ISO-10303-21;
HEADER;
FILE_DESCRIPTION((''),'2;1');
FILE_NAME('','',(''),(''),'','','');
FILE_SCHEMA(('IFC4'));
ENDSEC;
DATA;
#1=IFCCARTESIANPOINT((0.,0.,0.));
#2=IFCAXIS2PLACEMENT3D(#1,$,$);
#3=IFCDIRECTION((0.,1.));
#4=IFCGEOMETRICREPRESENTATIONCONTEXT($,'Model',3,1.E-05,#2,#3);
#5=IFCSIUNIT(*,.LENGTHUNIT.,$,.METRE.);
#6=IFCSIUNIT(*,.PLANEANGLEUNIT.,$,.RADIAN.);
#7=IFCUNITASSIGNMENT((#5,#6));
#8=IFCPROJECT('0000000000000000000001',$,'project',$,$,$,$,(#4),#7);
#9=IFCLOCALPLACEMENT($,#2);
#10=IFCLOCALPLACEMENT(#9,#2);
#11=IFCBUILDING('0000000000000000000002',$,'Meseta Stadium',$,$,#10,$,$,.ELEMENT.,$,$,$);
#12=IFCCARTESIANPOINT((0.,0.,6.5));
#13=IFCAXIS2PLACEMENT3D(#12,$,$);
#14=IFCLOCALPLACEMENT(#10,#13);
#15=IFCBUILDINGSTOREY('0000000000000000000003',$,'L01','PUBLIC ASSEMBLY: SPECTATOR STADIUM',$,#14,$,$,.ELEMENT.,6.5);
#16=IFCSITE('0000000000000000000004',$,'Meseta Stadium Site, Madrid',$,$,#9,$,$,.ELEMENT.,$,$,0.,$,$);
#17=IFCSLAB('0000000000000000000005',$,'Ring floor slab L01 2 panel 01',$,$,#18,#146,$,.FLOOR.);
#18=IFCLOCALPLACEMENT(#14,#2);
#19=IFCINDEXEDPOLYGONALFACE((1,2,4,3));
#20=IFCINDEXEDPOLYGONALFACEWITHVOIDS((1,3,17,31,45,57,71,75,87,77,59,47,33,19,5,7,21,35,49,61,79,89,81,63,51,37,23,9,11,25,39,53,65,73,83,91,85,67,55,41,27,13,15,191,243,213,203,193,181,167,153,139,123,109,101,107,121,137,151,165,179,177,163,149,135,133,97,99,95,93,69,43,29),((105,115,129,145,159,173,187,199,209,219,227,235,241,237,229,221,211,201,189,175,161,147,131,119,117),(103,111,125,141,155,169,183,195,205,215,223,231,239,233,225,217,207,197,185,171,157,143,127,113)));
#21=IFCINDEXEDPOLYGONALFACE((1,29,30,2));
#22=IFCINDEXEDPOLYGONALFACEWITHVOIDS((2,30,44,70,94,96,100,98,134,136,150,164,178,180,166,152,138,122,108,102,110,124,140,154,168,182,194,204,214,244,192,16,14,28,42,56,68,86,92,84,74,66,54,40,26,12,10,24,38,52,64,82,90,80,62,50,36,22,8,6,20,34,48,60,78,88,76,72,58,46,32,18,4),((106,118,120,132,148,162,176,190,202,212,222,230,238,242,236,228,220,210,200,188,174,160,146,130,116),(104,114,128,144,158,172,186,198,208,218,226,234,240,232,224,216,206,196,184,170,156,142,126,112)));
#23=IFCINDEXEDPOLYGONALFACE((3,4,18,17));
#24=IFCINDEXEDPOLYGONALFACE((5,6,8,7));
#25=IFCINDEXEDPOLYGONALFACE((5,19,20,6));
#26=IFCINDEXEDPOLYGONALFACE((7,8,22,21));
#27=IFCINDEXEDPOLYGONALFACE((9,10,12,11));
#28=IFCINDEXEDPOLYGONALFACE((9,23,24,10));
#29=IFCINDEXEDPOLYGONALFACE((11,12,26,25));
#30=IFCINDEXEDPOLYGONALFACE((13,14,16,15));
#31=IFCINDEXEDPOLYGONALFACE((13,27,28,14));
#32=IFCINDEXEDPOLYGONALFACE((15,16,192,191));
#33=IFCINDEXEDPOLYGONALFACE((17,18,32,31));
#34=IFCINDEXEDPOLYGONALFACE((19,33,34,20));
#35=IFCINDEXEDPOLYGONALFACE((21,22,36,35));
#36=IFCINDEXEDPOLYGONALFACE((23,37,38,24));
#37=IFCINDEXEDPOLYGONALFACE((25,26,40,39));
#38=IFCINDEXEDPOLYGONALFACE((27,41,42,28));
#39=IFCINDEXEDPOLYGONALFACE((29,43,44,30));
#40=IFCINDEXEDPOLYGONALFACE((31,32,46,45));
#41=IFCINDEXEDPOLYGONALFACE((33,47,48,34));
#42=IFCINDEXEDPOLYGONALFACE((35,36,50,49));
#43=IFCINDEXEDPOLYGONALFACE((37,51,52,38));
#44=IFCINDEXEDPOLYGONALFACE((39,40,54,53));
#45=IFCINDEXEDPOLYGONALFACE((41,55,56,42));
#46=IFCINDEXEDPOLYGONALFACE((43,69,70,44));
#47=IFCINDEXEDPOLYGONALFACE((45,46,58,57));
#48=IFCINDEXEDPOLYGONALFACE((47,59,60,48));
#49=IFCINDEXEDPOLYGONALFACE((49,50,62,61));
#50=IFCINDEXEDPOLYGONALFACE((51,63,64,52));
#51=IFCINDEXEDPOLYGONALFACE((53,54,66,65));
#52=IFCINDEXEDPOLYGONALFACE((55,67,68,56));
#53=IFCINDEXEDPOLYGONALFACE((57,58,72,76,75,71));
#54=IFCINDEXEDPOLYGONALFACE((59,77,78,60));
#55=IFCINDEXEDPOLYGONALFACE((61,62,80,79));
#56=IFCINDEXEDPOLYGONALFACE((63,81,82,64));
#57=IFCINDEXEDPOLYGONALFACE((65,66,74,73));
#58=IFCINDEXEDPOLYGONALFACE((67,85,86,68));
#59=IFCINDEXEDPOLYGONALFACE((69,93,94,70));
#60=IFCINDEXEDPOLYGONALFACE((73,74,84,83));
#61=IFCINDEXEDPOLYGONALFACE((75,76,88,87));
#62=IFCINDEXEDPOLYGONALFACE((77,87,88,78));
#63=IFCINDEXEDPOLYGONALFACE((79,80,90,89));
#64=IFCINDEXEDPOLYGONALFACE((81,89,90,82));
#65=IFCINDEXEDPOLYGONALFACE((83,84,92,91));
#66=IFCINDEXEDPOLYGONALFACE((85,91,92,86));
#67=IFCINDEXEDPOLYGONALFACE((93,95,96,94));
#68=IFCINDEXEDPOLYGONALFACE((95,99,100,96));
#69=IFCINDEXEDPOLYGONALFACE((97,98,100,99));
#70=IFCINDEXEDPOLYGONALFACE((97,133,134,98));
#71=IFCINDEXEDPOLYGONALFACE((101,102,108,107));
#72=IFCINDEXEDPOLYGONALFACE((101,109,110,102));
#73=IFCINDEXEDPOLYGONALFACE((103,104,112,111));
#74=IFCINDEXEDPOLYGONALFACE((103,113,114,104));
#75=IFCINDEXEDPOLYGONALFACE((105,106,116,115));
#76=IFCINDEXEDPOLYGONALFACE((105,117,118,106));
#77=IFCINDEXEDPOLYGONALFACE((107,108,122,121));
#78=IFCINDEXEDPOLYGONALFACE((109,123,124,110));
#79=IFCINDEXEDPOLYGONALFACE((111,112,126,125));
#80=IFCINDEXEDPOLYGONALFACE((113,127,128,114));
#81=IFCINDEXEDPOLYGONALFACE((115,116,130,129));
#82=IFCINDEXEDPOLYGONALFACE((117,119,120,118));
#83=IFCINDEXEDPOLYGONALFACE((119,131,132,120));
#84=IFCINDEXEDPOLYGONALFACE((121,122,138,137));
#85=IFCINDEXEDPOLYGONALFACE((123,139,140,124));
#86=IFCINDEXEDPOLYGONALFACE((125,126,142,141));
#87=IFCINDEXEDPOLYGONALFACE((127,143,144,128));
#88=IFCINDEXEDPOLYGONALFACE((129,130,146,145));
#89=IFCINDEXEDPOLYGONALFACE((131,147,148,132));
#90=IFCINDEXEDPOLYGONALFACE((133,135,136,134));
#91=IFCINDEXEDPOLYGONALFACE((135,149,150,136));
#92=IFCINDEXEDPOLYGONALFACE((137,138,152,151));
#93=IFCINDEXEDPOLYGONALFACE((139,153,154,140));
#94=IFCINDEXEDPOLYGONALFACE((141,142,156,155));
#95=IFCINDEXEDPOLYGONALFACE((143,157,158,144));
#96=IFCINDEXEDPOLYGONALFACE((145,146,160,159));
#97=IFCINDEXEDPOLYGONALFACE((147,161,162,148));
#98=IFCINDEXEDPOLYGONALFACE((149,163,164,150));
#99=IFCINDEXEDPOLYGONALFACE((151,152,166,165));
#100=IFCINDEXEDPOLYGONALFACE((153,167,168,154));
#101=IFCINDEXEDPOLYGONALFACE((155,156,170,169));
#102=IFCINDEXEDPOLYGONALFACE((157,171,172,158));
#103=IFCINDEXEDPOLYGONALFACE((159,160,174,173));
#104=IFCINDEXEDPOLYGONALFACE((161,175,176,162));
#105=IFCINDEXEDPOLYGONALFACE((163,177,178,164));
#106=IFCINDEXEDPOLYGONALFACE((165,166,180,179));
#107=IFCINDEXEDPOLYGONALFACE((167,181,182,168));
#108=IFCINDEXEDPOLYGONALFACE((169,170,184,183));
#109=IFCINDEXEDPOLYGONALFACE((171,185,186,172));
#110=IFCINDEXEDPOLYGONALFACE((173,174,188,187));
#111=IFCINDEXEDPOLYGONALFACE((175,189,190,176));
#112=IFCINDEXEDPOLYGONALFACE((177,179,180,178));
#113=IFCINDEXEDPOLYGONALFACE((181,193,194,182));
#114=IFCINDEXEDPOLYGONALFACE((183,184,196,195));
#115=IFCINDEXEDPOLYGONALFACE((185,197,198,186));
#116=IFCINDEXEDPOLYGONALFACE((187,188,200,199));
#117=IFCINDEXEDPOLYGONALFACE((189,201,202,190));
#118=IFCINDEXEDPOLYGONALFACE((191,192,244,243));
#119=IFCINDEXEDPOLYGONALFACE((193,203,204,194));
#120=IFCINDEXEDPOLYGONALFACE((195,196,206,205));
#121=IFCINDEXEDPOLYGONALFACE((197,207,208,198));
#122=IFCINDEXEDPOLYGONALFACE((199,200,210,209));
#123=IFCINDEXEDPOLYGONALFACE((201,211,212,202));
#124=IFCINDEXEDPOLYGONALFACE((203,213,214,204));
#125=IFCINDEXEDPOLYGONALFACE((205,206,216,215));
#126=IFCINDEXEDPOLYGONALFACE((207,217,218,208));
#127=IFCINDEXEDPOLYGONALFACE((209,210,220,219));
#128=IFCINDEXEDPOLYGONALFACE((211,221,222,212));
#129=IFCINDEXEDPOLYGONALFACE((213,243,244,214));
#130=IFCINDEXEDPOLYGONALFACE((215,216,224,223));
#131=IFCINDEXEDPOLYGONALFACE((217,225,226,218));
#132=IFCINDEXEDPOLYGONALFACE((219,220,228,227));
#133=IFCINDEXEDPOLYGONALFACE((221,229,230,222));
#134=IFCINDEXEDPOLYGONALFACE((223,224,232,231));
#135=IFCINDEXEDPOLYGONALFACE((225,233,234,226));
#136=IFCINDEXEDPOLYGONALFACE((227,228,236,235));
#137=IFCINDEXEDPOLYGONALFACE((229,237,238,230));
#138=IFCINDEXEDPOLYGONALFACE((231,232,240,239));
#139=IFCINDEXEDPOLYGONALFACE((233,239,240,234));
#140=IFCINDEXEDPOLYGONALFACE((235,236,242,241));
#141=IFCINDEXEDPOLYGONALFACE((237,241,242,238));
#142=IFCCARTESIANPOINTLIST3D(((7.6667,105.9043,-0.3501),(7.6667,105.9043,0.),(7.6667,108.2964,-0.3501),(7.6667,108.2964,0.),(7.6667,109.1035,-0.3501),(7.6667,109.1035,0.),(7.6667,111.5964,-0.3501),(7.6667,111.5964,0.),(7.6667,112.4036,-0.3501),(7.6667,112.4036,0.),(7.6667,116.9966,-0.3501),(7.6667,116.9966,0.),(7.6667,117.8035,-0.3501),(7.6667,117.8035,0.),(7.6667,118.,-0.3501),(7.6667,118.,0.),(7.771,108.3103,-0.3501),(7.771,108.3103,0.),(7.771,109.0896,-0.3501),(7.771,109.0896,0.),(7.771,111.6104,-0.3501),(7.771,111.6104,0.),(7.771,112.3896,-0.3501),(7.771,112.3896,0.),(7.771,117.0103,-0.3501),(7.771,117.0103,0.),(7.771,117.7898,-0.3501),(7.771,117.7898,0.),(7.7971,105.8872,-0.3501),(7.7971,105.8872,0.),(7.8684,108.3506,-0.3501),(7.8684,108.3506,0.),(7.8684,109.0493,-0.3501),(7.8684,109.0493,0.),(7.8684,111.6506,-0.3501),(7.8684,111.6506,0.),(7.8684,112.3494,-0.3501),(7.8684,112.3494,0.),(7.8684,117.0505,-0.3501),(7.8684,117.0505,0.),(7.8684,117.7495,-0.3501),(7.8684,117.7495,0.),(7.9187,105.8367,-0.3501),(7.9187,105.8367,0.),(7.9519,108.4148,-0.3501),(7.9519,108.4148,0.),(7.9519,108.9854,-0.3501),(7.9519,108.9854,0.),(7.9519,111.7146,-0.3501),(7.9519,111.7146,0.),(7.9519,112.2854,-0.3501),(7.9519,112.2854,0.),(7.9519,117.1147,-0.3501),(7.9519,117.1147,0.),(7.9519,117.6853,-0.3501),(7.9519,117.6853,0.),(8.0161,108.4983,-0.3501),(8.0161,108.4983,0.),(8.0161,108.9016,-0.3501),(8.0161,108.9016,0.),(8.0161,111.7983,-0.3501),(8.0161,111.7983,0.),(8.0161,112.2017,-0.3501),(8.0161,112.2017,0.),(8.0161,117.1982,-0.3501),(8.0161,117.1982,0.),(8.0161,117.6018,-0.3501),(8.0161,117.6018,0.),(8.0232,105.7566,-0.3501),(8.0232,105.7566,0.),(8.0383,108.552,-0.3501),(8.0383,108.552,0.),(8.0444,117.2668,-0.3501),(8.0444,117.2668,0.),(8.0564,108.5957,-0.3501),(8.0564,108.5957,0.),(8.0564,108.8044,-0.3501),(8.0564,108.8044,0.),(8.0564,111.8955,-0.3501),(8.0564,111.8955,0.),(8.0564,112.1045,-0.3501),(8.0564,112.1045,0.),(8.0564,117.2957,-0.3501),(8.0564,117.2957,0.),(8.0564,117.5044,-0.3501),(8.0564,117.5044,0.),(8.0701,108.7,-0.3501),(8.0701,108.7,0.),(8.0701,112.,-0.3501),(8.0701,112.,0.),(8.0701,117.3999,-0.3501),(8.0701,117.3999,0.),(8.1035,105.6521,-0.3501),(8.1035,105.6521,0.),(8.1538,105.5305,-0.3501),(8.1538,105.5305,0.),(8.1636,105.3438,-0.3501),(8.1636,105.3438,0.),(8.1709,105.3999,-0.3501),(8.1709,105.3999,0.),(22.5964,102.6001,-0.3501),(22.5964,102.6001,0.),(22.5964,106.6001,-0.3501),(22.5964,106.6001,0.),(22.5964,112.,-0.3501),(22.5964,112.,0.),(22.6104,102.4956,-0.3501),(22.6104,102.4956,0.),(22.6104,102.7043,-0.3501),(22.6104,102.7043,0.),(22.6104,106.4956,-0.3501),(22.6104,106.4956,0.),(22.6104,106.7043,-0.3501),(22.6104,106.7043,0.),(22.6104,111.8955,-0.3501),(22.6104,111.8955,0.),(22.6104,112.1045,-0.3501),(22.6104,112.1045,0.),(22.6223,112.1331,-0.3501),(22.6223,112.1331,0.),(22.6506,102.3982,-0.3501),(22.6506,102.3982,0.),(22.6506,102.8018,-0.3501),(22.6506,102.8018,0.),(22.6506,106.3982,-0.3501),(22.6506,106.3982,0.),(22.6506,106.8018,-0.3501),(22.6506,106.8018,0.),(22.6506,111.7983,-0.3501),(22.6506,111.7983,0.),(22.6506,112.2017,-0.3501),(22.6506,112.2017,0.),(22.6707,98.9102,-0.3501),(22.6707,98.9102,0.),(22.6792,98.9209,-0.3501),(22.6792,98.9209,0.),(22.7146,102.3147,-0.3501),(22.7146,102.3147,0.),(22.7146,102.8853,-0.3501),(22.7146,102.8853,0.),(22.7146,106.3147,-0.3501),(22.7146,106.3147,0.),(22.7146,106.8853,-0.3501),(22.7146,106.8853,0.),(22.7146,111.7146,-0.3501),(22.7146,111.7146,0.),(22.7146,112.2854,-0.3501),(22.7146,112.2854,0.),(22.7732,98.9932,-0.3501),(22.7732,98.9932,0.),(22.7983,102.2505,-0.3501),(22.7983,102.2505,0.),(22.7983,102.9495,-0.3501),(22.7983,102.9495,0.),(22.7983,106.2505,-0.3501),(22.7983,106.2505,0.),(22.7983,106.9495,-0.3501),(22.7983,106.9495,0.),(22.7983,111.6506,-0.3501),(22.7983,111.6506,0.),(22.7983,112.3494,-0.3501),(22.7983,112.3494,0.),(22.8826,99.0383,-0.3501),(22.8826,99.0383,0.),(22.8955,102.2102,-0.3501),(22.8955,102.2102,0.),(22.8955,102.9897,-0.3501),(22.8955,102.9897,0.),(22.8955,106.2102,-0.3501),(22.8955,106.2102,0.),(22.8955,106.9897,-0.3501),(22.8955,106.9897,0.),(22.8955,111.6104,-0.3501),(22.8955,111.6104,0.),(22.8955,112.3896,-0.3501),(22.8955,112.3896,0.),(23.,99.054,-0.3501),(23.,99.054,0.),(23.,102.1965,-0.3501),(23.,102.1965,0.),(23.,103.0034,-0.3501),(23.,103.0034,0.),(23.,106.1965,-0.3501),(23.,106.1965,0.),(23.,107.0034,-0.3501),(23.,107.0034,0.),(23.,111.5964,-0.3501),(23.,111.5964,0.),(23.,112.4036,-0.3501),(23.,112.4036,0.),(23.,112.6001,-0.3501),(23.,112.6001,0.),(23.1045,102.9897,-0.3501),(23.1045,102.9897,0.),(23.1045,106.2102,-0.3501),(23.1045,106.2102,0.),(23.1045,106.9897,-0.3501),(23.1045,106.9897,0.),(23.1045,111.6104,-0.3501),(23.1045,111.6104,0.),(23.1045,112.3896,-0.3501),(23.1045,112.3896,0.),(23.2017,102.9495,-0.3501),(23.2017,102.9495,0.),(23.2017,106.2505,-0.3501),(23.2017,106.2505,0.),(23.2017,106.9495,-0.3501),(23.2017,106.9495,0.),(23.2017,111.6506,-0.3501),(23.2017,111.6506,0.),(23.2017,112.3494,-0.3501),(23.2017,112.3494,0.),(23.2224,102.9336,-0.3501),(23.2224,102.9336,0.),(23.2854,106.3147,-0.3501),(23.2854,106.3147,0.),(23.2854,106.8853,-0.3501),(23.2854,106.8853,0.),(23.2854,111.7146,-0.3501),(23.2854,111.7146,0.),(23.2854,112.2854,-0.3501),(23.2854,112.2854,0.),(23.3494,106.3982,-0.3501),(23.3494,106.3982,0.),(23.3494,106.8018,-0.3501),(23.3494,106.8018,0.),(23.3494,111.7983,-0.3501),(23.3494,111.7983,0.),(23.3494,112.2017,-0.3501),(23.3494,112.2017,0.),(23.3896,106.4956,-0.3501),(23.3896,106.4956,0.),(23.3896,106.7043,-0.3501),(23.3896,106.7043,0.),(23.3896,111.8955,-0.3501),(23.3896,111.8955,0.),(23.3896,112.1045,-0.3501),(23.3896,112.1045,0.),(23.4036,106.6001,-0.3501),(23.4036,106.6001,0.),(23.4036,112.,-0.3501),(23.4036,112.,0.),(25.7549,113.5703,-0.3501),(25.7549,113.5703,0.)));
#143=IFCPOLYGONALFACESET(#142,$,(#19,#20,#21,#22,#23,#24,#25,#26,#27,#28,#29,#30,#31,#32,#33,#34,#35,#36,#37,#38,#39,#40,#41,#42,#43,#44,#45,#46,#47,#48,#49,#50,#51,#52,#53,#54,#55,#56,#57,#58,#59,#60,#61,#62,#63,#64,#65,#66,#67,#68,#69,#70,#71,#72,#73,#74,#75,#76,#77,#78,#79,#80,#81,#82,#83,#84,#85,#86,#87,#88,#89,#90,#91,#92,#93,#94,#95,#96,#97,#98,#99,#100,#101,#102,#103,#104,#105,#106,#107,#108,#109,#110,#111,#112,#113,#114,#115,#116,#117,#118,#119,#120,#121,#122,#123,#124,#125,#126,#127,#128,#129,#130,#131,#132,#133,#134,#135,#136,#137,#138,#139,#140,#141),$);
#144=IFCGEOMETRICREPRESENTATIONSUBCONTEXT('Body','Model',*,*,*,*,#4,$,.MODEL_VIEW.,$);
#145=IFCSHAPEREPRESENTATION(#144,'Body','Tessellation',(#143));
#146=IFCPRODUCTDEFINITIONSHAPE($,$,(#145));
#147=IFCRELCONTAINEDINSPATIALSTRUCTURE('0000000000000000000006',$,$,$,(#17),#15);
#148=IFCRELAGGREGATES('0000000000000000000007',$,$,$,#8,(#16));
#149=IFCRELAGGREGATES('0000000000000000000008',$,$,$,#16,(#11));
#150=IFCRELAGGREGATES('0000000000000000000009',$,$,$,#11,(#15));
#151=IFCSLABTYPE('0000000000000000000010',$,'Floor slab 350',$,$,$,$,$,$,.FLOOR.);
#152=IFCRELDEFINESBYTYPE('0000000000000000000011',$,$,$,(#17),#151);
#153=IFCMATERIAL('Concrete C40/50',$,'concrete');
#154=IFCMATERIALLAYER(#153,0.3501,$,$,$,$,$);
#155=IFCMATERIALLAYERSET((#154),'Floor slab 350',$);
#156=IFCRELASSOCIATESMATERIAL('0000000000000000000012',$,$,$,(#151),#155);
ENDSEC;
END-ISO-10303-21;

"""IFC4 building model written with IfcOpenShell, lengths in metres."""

from ifc_helpers import new_model, si_unit, direction, frame, origin, place, context, subcontext, project, spatial, polyline, outline, extrude, material, layer, layer_set, type_object, element, save


model = new_model("IFC4")

# Units and contexts
model_context = context("Model", 3, precision=1e-05, world=origin(), true_north=direction((0.0, 1.0)))
body_context = subcontext(model_context, "Body", "Model", "MODEL_VIEW")
ifc_project = project(units=[si_unit("LENGTHUNIT", "METRE"), si_unit("PLANEANGLEUNIT", "RADIAN")], contexts=[model_context])

# Site, building, storey
site_placement = place(None, origin())
site = spatial("IfcSite", under=ifc_project, at=site_placement, Name="Meseta Stadium Site, Madrid", CompositionType="ELEMENT", RefElevation=0.0)
building_placement = place(site_placement, origin())
building = spatial("IfcBuilding", under=site, at=building_placement, Name="Meseta Stadium", CompositionType="ELEMENT")
storey_placement = place(building_placement, frame((0.0, 0.0, 6.5)))
storey = spatial("IfcBuildingStorey", under=building, at=storey_placement, Name="L01", Description="PUBLIC ASSEMBLY: SPECTATOR STADIUM", CompositionType="ELEMENT", Elevation=6.5)

# Slab
ifc_material = material(Name="Concrete C40/50", Category="concrete")
ifc_layer = layer(ifc_material, 0.3501)
ifc_layer_set = layer_set([ifc_layer], Name="Floor slab 350")
slab_type = type_object("IfcSlabType", Name="Floor slab 350", PredefinedType="FLOOR", material=ifc_layer_set)
slab_1_placement = place(storey_placement, frame((0.0, 0.0, -0.3501)))
element("IfcSlab", 1, at=slab_1_placement, inside=storey, type_object=slab_type, Name="Ring floor slab L01 2 panel 01", PredefinedType="FLOOR", context=body_context, shape_type="SweptSolid", body=[
    extrude(outline(polyline([(25.7549, 113.5703), (23.0, 112.6001), (7.6667, 118.0), (7.6667, 117.8035), (7.771, 117.7898), (7.8684, 117.7495), (7.9519, 117.6853), (8.0161, 117.6018), (8.0564, 117.5044), (8.0701, 117.3999), (8.0564, 117.2957), (8.0444, 117.2668), (8.0161, 117.1982), (7.9519, 117.1147), (7.8684, 117.0505), (7.771, 117.0103), (7.6667, 116.9966), (7.6667, 112.4036), (7.771, 112.3896), (7.8684, 112.3494), (7.9519, 112.2854), (8.0161, 112.2017), (8.0564, 112.1045), (8.0701, 112.0), (8.0564, 111.8955), (8.0161, 111.7983), (7.9519, 111.7146), (7.8684, 111.6506), (7.771, 111.6104), (7.6667, 111.5964), (7.6667, 109.1035), (7.771, 109.0896), (7.8684, 109.0493), (7.9519, 108.9854), (8.0161, 108.9016), (8.0564, 108.8044), (8.0701, 108.7), (8.0564, 108.5957), (8.0383, 108.552), (8.0161, 108.4983), (7.9519, 108.4148), (7.8684, 108.3506), (7.771, 108.3103), (7.6667, 108.2964), (7.6667, 105.9043), (7.7971, 105.8872), (7.9187, 105.8367), (8.0232, 105.7566), (8.1035, 105.6521), (8.1538, 105.5305), (8.1709, 105.3999), (8.1636, 105.3438), (22.6707, 98.9102), (22.6792, 98.9209), (22.7732, 98.9932), (22.8826, 99.0383), (23.0, 99.054), (23.0, 102.1965), (22.8955, 102.2102), (22.7983, 102.2505), (22.7146, 102.3147), (22.6506, 102.3982), (22.6104, 102.4956), (22.5964, 102.6001), (22.6104, 102.7043), (22.6506, 102.8018), (22.7146, 102.8853), (22.7983, 102.9495), (22.8955, 102.9897), (23.0, 103.0034), (23.1045, 102.9897), (23.2017, 102.9495), (23.2224, 102.9336), (25.7549, 113.5703)]), holes=[polyline([(22.6104, 112.1045), (22.6223, 112.1331), (22.6506, 112.2017), (22.7146, 112.2854), (22.7983, 112.3494), (22.8955, 112.3896), (23.0, 112.4036), (23.1045, 112.3896), (23.2017, 112.3494), (23.2854, 112.2854), (23.3494, 112.2017), (23.3896, 112.1045), (23.4036, 112.0), (23.3896, 111.8955), (23.3494, 111.7983), (23.2854, 111.7146), (23.2017, 111.6506), (23.1045, 111.6104), (23.0, 111.5964), (22.8955, 111.6104), (22.7983, 111.6506), (22.7146, 111.7146), (22.6506, 111.7983), (22.6104, 111.8955), (22.5964, 112.0), (22.6104, 112.1045)]), polyline([(23.3896, 106.7043), (23.4036, 106.6001), (23.3896, 106.4956), (23.3494, 106.3982), (23.2854, 106.3147), (23.2017, 106.2505), (23.1045, 106.2102), (23.0, 106.1965), (22.8955, 106.2102), (22.7983, 106.2505), (22.7146, 106.3147), (22.6506, 106.3982), (22.6104, 106.4956), (22.5964, 106.6001), (22.6104, 106.7043), (22.6506, 106.8018), (22.7146, 106.8853), (22.7983, 106.9495), (22.8955, 106.9897), (23.0, 107.0034), (23.1045, 106.9897), (23.2017, 106.9495), (23.2854, 106.8853), (23.3494, 106.8018), (23.3896, 106.7043)])]), origin(), (0.0, 0.0, 1.0), 0.3501),
])

save(model, "model.ifc")
